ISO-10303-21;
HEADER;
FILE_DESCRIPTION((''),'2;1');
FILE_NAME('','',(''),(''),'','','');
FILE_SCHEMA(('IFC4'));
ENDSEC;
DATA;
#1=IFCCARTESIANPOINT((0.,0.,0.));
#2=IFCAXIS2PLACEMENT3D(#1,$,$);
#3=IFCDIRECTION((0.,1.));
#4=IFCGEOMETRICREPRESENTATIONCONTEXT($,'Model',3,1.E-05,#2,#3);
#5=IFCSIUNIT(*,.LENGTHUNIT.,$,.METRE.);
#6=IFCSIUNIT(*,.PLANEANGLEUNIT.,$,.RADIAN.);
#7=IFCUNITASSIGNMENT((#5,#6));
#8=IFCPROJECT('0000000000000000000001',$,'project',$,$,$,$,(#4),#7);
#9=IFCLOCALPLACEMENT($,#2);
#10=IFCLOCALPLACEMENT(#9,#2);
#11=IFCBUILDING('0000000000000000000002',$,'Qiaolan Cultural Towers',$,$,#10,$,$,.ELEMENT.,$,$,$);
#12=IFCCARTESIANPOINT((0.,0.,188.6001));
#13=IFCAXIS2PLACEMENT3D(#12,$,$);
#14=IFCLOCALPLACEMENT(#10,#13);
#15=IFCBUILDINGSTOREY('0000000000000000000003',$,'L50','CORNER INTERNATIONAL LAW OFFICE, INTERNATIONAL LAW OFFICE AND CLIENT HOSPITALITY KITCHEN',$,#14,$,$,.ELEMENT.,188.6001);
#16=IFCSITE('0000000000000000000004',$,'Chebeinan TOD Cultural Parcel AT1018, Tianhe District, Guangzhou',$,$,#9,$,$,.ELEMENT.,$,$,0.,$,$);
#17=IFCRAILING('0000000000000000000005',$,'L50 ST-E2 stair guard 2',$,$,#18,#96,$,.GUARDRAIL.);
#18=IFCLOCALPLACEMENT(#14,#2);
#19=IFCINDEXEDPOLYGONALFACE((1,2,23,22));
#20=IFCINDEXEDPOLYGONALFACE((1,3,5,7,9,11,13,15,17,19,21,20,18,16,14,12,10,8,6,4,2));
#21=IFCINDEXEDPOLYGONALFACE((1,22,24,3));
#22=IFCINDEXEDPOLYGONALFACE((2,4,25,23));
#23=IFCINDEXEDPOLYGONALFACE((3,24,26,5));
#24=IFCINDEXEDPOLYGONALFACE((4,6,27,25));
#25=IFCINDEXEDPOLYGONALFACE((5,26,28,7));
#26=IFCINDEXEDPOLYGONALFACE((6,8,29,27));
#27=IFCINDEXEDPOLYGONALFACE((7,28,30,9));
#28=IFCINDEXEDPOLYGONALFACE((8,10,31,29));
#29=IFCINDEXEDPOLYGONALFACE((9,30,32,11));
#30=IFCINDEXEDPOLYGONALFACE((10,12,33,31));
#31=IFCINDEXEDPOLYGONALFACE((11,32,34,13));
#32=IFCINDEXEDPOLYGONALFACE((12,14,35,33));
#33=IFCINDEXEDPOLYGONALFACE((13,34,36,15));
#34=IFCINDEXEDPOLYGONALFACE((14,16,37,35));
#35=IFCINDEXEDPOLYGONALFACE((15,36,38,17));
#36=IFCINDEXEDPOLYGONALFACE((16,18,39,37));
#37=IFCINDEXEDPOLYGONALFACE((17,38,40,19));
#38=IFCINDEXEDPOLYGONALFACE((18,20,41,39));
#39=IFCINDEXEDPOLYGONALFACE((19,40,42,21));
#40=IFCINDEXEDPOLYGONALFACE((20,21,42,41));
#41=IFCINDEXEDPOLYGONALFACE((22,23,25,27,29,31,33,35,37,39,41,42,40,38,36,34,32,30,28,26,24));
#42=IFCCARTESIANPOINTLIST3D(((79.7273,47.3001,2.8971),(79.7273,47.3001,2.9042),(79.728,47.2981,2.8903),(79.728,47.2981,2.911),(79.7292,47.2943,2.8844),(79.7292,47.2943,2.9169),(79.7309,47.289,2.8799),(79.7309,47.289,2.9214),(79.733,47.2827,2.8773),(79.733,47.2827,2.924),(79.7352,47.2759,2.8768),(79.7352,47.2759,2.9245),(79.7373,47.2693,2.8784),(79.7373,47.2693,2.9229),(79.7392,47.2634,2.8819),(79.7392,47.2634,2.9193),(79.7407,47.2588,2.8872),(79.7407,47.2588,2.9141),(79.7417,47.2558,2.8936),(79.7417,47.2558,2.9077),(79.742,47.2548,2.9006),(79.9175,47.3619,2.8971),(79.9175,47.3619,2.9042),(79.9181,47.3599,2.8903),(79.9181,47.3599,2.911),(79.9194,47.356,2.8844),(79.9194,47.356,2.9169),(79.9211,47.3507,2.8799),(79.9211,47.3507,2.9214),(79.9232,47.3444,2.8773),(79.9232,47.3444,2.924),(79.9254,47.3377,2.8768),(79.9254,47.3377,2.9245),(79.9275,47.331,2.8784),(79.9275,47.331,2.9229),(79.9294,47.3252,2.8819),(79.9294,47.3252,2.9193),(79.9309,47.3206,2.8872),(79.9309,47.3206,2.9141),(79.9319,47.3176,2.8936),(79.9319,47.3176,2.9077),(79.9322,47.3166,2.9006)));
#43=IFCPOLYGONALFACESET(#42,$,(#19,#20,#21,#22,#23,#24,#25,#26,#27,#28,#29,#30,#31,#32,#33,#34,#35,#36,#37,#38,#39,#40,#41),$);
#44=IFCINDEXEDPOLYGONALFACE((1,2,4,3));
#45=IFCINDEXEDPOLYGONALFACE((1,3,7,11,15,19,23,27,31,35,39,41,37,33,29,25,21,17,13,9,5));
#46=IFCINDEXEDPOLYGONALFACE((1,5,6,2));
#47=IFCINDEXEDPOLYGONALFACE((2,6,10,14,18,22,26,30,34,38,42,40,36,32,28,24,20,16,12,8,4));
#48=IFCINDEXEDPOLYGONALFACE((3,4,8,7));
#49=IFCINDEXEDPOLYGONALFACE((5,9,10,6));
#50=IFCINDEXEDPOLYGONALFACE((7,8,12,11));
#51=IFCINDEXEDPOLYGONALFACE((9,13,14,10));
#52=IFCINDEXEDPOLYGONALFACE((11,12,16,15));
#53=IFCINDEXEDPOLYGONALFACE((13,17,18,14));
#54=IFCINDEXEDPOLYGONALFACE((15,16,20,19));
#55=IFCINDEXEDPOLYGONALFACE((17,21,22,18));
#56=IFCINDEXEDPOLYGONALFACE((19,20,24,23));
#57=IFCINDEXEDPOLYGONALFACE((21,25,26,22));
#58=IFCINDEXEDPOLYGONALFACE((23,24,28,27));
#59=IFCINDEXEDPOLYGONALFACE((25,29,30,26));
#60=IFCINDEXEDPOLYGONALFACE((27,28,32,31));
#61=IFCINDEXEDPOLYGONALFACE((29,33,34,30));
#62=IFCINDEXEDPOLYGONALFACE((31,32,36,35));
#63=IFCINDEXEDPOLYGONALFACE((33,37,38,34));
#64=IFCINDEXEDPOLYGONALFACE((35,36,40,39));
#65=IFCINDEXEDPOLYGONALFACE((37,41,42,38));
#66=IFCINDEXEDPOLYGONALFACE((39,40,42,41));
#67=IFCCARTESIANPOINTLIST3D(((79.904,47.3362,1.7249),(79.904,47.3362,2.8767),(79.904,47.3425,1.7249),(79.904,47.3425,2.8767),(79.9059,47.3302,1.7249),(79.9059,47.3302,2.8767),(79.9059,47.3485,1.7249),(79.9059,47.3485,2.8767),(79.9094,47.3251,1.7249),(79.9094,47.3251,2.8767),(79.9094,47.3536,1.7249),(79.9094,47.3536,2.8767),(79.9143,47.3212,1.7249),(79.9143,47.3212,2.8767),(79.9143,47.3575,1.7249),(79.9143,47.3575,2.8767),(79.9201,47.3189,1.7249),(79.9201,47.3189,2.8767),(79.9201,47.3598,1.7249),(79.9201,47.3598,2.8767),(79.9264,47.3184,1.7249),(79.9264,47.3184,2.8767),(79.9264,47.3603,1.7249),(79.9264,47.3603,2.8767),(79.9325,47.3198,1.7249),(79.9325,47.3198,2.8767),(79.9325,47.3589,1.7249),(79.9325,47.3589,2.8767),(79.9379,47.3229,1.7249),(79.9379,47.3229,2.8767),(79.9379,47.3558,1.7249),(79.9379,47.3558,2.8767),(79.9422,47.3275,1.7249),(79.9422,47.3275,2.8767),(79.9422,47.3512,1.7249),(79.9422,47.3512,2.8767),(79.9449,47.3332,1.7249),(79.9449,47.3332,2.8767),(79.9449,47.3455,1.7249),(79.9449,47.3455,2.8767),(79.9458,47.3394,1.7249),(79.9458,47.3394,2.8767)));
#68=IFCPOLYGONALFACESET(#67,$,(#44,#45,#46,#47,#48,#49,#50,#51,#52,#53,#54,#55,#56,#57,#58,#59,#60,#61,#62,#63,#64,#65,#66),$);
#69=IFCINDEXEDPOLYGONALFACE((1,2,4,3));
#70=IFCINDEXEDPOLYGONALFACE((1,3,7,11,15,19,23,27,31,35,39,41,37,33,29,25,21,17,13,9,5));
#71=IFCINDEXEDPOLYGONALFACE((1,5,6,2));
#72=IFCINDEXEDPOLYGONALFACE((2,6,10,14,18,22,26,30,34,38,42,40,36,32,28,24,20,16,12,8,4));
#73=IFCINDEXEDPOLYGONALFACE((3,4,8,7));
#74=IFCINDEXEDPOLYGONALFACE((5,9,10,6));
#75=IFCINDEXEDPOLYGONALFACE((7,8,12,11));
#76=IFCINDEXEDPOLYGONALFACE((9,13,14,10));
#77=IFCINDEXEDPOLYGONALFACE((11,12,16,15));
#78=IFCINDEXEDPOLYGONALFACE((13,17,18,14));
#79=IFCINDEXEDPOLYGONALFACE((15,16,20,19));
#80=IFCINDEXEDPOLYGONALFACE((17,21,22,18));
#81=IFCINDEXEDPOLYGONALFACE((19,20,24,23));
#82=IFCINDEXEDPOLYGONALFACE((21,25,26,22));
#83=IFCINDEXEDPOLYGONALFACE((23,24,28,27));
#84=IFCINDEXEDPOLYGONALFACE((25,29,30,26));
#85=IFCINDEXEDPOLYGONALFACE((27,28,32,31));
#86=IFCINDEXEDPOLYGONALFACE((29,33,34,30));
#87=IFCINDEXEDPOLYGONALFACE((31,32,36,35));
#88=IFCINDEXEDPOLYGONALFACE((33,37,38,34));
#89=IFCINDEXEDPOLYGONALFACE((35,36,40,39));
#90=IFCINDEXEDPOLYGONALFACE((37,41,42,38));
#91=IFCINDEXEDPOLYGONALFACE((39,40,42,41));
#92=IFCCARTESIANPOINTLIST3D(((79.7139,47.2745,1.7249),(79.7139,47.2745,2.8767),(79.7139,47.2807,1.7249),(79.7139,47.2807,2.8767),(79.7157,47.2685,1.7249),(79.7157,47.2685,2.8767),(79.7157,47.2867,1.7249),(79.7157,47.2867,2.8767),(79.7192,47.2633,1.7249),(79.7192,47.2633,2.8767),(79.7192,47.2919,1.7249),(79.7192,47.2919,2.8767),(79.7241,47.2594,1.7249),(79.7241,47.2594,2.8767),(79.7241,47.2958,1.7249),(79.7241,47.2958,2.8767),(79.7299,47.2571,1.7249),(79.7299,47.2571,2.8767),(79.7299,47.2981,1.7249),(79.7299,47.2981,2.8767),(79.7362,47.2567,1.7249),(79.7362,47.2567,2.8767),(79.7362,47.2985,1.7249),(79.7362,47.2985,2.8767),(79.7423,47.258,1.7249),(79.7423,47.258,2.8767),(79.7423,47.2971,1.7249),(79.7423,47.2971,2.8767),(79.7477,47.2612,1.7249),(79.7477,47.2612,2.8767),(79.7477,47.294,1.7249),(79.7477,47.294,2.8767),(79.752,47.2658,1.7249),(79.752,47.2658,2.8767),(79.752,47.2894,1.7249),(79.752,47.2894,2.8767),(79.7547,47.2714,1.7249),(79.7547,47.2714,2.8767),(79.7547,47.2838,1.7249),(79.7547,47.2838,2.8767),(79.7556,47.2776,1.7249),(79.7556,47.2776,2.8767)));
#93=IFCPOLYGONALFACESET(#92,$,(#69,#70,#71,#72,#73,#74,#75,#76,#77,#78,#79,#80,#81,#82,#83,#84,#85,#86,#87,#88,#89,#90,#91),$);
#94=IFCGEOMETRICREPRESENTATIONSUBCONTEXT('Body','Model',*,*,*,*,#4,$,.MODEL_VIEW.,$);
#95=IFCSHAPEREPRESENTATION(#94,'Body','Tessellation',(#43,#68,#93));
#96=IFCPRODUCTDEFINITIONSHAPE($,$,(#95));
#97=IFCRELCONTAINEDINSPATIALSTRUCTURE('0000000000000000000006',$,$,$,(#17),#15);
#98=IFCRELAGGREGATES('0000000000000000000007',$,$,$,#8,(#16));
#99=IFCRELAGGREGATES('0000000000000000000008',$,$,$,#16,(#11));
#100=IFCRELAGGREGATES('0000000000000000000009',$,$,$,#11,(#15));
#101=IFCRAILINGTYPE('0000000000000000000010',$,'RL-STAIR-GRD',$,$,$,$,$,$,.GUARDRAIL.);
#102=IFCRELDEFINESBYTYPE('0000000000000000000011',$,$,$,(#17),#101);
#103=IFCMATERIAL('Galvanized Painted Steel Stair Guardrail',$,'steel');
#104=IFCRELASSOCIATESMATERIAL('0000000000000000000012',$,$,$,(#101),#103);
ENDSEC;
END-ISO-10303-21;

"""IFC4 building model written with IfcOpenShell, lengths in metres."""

from ifc_helpers import new_model, si_unit, direction, frame, origin, origin_2d, place, context, subcontext, project, spatial, circle, extrude, material, type_object, element, save


model = new_model("IFC4")

# Units and contexts
model_context = context("Model", 3, precision=1e-05, world=origin(), true_north=direction((0.0, 1.0)))
body_context = subcontext(model_context, "Body", "Model", "MODEL_VIEW")
ifc_project = project(units=[si_unit("LENGTHUNIT", "METRE"), si_unit("PLANEANGLEUNIT", "RADIAN")], contexts=[model_context])

# Site, building, storey
site_placement = place(None, origin())
site = spatial("IfcSite", under=ifc_project, at=site_placement, Name="Chebeinan TOD Cultural Parcel AT1018, Tianhe District, Guangzhou", CompositionType="ELEMENT", RefElevation=0.0)
building_placement = place(site_placement, origin())
building = spatial("IfcBuilding", under=site, at=building_placement, Name="Qiaolan Cultural Towers", CompositionType="ELEMENT")
storey_placement = place(building_placement, frame((0.0, 0.0, 188.6001)))
storey = spatial("IfcBuildingStorey", under=building, at=storey_placement, Name="L50", Description="CORNER INTERNATIONAL LAW OFFICE, INTERNATIONAL LAW OFFICE AND CLIENT HOSPITALITY KITCHEN", CompositionType="ELEMENT", Elevation=188.6001)

# Railing
ifc_material_1 = material(Name="Galvanized Painted Steel Stair Guardrail", Category="steel")
railing_type_1 = type_object("IfcRailingType", Name="RL-STAIR-GRD", PredefinedType="GUARDRAIL", material=ifc_material_1)
railing_1_placement = place(storey_placement, frame((79.9248, 47.3394, 1.7249)))
element("IfcRailing", 1, at=railing_1_placement, inside=storey, type_object=railing_type_1, Name="L50 ST-E2 stair guard 2", PredefinedType="GUARDRAIL", context=body_context, shape_type="SweptSolid", body=[
    extrude(circle(Radius=0.0239, at=origin_2d()), frame((0.0, 0.0, 1.1758), z_axis=(-0.951097, -0.308893, 0.0), x_axis=(0.308893, -0.951097, 0.0)), (0.0, 0.0, 1.0), 0.2),
    extrude(circle(Radius=0.021, at=origin_2d()), origin(), (0.0, 0.0, 1.0), 1.1519),
    extrude(circle(Radius=0.021, at=origin_2d()), frame((-0.1902, -0.0618, 0.0)), (0.0, 0.0, 1.0), 1.1519),
])

save(model, "model.ifc")
